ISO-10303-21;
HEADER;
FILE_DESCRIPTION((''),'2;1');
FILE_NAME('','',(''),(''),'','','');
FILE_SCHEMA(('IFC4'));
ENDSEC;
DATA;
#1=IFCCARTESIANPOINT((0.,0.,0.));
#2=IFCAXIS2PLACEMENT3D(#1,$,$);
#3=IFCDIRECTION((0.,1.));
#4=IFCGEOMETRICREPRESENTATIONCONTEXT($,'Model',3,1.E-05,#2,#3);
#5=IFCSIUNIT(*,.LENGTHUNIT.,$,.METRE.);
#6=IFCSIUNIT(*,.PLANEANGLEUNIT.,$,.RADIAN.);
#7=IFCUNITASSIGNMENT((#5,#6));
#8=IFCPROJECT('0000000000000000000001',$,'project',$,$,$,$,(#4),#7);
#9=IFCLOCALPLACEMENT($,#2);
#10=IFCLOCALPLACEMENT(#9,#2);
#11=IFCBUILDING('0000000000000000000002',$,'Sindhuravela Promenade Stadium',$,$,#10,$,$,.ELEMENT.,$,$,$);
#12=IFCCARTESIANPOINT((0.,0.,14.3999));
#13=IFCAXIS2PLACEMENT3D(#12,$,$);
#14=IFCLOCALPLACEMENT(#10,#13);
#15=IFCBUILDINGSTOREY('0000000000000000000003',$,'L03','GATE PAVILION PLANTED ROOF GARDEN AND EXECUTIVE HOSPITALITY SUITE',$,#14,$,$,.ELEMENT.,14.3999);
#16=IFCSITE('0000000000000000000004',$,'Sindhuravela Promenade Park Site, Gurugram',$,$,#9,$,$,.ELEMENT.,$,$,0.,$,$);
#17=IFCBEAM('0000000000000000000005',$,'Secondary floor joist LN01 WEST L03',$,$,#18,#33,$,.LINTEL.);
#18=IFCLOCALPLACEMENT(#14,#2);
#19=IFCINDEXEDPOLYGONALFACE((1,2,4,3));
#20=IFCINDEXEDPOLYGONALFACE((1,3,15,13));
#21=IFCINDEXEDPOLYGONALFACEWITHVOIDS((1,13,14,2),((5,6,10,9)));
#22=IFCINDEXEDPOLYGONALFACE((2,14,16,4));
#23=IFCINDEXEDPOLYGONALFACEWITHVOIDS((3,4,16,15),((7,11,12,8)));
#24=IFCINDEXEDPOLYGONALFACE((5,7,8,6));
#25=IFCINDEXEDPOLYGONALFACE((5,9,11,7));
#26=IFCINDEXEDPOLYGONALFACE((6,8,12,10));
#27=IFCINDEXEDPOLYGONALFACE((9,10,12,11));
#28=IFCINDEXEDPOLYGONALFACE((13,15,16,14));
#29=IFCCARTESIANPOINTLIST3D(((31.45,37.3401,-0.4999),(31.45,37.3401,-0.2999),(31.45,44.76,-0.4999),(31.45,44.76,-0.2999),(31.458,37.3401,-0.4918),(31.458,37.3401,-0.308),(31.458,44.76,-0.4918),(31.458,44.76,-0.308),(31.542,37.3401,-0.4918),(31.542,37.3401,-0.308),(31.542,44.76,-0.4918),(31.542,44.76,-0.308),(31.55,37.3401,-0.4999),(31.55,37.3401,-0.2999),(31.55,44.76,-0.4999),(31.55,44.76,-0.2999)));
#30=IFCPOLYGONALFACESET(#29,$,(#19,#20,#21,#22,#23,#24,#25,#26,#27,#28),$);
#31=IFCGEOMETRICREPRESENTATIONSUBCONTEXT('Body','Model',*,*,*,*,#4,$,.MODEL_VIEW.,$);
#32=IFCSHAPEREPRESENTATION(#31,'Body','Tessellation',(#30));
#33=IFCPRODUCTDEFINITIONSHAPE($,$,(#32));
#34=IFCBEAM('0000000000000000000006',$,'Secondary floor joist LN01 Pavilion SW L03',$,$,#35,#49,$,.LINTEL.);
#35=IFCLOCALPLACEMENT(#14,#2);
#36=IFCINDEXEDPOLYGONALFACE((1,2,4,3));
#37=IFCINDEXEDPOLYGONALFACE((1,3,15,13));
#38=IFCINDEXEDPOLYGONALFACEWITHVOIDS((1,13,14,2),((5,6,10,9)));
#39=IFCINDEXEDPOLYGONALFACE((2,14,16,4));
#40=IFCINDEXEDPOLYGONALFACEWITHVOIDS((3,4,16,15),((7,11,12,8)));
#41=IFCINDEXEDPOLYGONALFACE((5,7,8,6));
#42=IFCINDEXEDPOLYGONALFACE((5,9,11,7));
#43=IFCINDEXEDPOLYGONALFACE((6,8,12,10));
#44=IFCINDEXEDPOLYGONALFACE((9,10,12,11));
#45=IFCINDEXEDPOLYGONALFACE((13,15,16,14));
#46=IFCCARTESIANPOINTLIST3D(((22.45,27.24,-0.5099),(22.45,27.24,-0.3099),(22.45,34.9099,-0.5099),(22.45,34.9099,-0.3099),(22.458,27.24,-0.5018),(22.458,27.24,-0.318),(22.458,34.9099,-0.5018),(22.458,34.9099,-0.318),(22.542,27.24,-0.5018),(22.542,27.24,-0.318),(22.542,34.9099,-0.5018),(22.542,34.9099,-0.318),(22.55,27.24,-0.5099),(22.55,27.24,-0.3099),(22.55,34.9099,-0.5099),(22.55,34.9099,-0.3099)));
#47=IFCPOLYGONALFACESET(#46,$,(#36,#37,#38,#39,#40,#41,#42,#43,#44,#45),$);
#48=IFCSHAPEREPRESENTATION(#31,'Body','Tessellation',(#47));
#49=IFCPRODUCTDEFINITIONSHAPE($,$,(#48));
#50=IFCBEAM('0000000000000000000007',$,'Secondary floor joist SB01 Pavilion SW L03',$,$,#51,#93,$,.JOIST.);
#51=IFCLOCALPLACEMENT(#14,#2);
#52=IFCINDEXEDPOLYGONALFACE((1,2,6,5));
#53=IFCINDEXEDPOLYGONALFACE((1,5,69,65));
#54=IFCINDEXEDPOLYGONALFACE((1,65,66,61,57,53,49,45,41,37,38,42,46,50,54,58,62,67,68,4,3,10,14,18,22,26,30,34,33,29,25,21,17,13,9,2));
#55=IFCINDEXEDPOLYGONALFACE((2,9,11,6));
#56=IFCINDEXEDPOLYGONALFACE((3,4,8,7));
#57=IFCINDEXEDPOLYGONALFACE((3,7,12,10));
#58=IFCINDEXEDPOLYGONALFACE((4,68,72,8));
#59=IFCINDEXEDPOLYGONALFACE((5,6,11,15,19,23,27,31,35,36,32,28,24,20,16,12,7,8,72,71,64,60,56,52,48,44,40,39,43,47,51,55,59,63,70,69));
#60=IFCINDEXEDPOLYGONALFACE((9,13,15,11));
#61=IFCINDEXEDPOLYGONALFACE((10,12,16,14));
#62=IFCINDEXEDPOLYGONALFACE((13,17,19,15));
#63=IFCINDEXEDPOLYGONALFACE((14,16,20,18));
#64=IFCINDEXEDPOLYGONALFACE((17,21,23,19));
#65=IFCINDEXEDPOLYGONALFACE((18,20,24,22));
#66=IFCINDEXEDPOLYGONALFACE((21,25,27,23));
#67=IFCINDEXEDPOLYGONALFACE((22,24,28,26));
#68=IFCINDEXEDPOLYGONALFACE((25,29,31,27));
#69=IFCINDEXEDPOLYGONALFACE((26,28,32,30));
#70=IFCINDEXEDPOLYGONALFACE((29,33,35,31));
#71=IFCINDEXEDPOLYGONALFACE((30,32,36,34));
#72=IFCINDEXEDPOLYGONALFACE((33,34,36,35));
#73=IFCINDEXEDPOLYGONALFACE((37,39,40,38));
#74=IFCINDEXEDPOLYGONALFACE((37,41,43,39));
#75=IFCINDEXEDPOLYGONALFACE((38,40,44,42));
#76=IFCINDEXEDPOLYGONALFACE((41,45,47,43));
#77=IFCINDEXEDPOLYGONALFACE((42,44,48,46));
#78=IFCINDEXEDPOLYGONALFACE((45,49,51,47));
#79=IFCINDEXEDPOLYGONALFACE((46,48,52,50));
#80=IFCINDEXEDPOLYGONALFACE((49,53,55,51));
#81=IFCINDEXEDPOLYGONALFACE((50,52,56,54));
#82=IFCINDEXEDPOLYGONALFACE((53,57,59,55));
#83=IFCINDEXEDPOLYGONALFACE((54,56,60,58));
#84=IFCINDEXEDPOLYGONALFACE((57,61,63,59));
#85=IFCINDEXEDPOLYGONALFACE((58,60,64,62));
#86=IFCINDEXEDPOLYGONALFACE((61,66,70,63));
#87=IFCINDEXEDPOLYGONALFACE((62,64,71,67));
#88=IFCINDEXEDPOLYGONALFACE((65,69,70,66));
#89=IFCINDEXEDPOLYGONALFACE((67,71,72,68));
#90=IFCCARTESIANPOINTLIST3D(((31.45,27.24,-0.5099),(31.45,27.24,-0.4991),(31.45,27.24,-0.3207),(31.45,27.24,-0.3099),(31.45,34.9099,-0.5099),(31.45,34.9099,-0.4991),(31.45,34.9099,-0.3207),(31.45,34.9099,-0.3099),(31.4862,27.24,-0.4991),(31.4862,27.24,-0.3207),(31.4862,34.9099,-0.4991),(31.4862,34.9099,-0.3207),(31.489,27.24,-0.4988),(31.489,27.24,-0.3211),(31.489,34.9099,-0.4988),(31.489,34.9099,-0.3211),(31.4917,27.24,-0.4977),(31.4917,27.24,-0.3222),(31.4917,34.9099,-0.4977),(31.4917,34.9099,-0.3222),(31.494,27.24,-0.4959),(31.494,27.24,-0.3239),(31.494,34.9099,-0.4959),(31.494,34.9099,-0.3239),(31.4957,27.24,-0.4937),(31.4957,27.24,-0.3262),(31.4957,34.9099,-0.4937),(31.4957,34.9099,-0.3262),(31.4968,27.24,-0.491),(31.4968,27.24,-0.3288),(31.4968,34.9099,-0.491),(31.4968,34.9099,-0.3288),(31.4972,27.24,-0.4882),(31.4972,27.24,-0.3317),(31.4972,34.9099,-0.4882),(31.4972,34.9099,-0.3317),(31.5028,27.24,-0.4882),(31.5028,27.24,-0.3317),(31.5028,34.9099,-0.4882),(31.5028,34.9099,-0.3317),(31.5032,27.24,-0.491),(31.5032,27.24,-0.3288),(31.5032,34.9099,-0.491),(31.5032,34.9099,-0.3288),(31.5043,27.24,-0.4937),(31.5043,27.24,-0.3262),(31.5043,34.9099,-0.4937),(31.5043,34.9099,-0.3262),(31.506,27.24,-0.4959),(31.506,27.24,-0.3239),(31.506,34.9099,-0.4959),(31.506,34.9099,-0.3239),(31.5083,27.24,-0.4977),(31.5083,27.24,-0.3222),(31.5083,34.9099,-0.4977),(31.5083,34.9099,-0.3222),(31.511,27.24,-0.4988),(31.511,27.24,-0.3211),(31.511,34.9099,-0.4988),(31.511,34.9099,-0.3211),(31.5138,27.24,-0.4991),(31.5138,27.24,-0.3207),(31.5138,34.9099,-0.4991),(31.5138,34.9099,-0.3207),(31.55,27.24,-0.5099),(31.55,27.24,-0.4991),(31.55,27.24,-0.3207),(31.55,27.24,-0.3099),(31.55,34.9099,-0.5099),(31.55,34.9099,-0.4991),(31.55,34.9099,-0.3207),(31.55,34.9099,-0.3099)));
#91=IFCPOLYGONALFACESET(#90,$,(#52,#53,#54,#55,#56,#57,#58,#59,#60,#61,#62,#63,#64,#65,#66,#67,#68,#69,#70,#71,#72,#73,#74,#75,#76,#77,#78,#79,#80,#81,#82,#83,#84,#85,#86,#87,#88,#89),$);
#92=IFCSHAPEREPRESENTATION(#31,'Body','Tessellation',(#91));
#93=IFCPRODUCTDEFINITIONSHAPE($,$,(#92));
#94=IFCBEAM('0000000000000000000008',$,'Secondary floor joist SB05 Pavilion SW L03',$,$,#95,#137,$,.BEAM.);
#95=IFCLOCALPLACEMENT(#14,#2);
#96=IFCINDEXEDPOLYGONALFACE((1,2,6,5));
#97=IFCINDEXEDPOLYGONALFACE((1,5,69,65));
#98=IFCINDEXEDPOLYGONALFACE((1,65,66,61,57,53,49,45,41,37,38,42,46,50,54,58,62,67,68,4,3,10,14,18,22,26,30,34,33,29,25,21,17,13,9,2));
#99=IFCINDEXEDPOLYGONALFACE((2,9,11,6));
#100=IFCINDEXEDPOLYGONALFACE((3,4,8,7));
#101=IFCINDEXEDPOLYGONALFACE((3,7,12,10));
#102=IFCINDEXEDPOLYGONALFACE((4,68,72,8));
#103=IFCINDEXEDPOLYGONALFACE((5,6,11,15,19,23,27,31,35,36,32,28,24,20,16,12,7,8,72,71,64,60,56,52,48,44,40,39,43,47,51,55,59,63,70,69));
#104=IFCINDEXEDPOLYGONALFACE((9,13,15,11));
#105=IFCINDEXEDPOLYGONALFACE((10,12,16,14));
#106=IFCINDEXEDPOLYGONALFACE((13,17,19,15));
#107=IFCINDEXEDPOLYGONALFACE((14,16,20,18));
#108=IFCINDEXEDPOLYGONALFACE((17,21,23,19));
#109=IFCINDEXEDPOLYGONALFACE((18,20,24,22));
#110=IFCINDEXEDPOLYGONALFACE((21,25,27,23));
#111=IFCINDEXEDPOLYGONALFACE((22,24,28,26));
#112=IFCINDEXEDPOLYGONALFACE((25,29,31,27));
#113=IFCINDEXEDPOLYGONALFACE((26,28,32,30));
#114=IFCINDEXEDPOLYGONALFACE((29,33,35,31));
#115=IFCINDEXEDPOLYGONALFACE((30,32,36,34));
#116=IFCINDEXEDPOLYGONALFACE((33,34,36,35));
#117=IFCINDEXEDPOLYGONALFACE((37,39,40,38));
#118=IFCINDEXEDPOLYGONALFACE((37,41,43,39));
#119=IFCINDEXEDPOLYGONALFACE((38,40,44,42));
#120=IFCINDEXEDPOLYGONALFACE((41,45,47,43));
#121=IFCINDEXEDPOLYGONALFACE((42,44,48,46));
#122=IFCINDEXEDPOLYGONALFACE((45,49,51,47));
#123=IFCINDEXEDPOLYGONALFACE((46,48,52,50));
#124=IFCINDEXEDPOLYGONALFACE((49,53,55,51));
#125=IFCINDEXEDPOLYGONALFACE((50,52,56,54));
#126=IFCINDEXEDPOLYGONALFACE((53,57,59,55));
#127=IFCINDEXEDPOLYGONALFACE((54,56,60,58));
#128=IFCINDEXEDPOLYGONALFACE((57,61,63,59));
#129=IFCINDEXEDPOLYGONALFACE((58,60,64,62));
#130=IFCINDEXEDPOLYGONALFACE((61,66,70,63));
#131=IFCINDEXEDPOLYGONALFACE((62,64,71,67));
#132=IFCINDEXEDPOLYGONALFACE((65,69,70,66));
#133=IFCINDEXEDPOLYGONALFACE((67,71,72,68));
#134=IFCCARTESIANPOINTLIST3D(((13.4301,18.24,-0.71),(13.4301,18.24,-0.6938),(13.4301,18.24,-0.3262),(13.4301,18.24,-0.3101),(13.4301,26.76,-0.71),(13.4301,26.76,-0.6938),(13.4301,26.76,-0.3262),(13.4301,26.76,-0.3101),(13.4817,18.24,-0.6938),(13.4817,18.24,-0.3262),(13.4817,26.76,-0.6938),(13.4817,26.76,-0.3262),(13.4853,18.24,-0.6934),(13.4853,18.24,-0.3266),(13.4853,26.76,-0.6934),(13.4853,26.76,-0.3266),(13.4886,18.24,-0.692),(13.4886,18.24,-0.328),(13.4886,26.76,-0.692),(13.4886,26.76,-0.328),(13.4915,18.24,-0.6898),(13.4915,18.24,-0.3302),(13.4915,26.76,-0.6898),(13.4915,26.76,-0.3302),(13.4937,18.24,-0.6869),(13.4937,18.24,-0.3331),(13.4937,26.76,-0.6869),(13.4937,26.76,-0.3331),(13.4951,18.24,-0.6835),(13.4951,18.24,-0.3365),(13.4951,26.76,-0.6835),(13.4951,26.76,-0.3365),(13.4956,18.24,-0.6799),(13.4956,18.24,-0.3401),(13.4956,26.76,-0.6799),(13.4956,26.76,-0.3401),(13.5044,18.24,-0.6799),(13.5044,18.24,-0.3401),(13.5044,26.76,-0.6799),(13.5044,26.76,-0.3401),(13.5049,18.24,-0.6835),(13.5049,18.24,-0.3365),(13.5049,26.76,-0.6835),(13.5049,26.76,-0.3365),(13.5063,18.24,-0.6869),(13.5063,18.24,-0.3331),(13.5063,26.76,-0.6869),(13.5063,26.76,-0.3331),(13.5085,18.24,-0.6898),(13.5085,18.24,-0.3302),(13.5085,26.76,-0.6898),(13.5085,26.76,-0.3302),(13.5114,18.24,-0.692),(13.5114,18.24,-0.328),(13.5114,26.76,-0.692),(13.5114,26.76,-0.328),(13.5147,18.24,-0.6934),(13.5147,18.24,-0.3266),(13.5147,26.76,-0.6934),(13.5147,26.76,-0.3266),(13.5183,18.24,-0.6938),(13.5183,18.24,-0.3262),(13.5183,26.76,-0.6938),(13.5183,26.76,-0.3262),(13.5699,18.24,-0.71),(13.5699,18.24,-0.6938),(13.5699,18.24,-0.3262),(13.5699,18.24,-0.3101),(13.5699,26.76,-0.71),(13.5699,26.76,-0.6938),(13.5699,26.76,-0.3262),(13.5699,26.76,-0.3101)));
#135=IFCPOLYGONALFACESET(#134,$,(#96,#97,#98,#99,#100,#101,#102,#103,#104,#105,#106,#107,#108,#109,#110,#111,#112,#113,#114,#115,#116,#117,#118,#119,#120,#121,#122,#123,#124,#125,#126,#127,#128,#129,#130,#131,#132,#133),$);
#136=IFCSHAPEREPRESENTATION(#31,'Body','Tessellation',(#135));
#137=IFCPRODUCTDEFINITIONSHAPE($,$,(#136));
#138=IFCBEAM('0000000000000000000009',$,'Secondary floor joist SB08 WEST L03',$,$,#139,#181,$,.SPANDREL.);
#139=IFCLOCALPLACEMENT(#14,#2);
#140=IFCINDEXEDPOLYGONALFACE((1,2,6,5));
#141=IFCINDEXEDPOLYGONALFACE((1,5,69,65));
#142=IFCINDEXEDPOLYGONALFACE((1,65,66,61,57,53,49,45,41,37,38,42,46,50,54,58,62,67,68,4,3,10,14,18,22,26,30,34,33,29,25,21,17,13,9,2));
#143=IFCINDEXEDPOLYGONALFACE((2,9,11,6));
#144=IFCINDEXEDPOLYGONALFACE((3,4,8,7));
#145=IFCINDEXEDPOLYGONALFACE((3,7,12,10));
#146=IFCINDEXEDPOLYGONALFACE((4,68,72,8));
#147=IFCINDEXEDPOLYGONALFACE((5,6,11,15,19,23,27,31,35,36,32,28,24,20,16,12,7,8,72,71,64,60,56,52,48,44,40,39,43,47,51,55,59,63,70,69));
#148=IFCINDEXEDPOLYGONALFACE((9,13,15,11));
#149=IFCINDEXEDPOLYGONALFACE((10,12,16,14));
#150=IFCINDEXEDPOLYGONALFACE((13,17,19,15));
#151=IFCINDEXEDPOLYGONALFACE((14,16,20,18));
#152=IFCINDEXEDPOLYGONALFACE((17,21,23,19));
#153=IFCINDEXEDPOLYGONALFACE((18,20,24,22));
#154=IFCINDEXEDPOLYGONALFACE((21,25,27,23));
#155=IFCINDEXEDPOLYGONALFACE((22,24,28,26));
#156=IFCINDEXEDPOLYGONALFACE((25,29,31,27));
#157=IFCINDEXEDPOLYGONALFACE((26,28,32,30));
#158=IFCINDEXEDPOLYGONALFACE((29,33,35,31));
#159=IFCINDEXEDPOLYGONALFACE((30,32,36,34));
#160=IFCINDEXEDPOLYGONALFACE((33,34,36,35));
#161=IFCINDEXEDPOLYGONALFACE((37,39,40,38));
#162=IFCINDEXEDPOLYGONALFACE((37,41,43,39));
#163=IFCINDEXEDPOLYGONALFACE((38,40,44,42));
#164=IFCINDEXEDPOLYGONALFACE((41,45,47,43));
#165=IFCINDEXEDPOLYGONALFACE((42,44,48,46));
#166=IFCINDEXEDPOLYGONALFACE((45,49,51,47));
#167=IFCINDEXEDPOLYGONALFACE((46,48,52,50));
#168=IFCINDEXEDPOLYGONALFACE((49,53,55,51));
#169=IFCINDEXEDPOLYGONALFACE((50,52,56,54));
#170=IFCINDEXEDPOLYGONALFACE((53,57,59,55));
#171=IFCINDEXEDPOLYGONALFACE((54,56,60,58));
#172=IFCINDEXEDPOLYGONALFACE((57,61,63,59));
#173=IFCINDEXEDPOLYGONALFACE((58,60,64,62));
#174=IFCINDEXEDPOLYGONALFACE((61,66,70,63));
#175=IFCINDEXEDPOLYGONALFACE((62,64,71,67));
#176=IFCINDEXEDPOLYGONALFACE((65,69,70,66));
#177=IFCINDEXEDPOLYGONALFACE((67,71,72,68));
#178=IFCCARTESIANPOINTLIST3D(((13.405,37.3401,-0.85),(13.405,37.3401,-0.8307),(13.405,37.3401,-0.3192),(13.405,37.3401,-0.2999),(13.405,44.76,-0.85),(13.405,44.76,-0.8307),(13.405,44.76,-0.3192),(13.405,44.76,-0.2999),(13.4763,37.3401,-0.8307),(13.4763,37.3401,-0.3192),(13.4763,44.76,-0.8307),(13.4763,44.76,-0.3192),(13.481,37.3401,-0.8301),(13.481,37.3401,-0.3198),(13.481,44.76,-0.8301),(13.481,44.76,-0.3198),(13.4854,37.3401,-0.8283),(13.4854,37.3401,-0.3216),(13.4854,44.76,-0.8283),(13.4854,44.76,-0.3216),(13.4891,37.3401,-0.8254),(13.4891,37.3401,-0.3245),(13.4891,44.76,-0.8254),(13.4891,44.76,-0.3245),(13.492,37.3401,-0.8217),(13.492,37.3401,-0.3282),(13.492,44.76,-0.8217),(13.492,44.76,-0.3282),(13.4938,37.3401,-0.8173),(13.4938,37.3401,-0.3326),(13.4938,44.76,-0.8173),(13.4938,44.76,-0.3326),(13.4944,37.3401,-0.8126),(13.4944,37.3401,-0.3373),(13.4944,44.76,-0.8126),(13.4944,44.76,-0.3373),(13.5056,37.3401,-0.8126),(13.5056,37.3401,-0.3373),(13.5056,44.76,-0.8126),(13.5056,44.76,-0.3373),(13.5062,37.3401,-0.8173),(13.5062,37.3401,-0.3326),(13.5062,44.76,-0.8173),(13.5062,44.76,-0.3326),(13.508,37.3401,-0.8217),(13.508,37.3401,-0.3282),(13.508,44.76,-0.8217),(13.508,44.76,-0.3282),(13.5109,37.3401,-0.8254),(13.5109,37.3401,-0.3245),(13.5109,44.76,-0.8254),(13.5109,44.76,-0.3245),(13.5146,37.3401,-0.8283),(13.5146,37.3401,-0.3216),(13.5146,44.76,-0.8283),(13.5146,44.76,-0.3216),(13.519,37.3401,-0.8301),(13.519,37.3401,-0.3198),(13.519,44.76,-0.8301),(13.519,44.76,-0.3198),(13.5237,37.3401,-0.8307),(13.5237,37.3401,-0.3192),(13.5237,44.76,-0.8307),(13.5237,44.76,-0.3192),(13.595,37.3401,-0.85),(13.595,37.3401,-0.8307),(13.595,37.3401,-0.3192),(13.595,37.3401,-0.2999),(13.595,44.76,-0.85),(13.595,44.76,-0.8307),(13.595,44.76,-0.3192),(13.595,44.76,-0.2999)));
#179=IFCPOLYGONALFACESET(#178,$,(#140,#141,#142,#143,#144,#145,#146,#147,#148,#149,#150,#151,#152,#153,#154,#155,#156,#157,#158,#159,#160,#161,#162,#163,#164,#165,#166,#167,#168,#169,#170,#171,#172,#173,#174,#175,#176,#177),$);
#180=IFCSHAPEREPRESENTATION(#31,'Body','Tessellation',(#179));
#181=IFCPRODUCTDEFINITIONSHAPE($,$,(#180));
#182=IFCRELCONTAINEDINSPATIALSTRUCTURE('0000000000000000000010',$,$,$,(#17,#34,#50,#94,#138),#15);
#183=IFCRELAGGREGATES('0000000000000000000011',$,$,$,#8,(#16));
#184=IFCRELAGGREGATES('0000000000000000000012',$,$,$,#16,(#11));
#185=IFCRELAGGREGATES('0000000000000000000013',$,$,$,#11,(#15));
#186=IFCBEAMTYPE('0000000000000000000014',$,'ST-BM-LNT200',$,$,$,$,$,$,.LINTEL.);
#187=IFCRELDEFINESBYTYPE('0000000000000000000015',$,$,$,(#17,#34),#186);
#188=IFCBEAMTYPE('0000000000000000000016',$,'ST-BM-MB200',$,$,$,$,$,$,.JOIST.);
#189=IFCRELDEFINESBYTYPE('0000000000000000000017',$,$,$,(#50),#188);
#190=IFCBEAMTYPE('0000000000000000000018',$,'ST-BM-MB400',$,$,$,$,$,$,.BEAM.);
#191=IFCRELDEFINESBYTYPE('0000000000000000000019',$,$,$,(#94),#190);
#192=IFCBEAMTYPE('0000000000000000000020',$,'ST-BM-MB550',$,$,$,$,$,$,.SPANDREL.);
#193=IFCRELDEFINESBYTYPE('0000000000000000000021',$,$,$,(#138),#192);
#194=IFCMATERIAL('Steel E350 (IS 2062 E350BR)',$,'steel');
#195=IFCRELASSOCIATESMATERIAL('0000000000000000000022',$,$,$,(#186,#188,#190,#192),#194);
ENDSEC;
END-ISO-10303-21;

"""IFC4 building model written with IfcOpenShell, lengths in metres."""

from ifc_helpers import new_model, si_unit, direction, frame, origin, origin_2d, place, context, subcontext, project, spatial, hollow_rectangle, i_section, extrude, material, material_profile, profile_set, type_object, element, save


model = new_model("IFC4")

# Units and contexts
model_context = context("Model", 3, precision=1e-05, world=origin(), true_north=direction((0.0, 1.0)))
body_context = subcontext(model_context, "Body", "Model", "MODEL_VIEW")
ifc_project = project(units=[si_unit("LENGTHUNIT", "METRE"), si_unit("PLANEANGLEUNIT", "RADIAN")], contexts=[model_context])

# Site, building, storey
site_placement = place(None, origin())
site = spatial("IfcSite", under=ifc_project, at=site_placement, Name="Sindhuravela Promenade Park Site, Gurugram", CompositionType="ELEMENT", RefElevation=0.0)
building_placement = place(site_placement, origin())
building = spatial("IfcBuilding", under=site, at=building_placement, Name="Sindhuravela Promenade Stadium", CompositionType="ELEMENT")
storey_placement = place(building_placement, frame((0.0, 0.0, 14.3999)))
storey = spatial("IfcBuildingStorey", under=building, at=storey_placement, Name="L03", Description="GATE PAVILION PLANTED ROOF GARDEN AND EXECUTIVE HOSPITALITY SUITE", CompositionType="ELEMENT", Elevation=14.3999)

# Beams
ifc_material_1 = material(Name="Steel E350 (IS 2062 E350BR)", Category="steel")
ifc_material_profile_1 = material_profile(ifc_material_1, hollow_rectangle(XDim=0.1001, YDim=0.2, WallThickness=0.0081, at=origin_2d()), Name="RHS 200x100x8")
ifc_profile_set_1 = profile_set([ifc_material_profile_1], Name="Steel E350 (IS 2062 E350BR)")
beam_type_1 = type_object("IfcBeamType", Name="ST-BM-LNT200", PredefinedType="LINTEL", material=ifc_profile_set_1)
beam_1_placement = place(storey_placement, frame((31.5, 37.3401, -0.3999), z_axis=(0.0, 1.0, 0.0), x_axis=(-1.0, 0.0, 0.0)))
element("IfcBeam", 1, at=beam_1_placement, inside=storey, type_object=beam_type_1, Name="Secondary floor joist LN01 WEST L03", PredefinedType="LINTEL", context=body_context, shape_type="SweptSolid", body=[
    extrude(hollow_rectangle(XDim=0.1001, YDim=0.2, WallThickness=0.0081, at=origin_2d()), origin(), (0.0, 0.0, 1.0), 7.4199),
])
beam_2_placement = place(storey_placement, frame((22.5, 27.24, -0.4099), z_axis=(0.0, 1.0, 0.0), x_axis=(-1.0, 0.0, 0.0)))
element("IfcBeam", 2, at=beam_2_placement, inside=storey, type_object=beam_type_1, Name="Secondary floor joist LN01 Pavilion SW L03", PredefinedType="LINTEL", context=body_context, shape_type="SweptSolid", body=[
    extrude(hollow_rectangle(XDim=0.1001, YDim=0.2, WallThickness=0.0081, at=origin_2d()), origin(), (0.0, 0.0, 1.0), 7.6699),
])
ifc_material_profile_2 = material_profile(ifc_material_1, i_section(OverallWidth=0.1001, OverallDepth=0.2, WebThickness=0.0056, FlangeThickness=0.0107, FilletRadius=0.011, at=origin_2d()), Name="ISMB 200")
ifc_profile_set_2 = profile_set([ifc_material_profile_2], Name="Steel E350 (IS 2062 E350BR)")
beam_type_2 = type_object("IfcBeamType", Name="ST-BM-MB200", PredefinedType="JOIST", material=ifc_profile_set_2)
beam_3_placement = place(storey_placement, frame((31.5, 27.24, -0.4099), z_axis=(0.0, 1.0, 0.0), x_axis=(-1.0, 0.0, 0.0)))
element("IfcBeam", 3, at=beam_3_placement, inside=storey, type_object=beam_type_2, Name="Secondary floor joist SB01 Pavilion SW L03", PredefinedType="JOIST", context=body_context, shape_type="SweptSolid", body=[
    extrude(i_section(OverallWidth=0.1001, OverallDepth=0.2, WebThickness=0.0056, FlangeThickness=0.0107, FilletRadius=0.011, at=origin_2d()), origin(), (0.0, 0.0, 1.0), 7.6699),
])
ifc_material_profile_3 = material_profile(ifc_material_1, i_section(OverallWidth=0.1399, OverallDepth=0.3999, WebThickness=0.0088, FlangeThickness=0.0161, FilletRadius=0.0139, at=origin_2d()), Name="ISMB 400")
ifc_profile_set_3 = profile_set([ifc_material_profile_3], Name="Steel E350 (IS 2062 E350BR)")
beam_type_3 = type_object("IfcBeamType", Name="ST-BM-MB400", PredefinedType="BEAM", material=ifc_profile_set_3)
beam_4_placement = place(storey_placement, frame((13.5, 18.24, -0.51), z_axis=(0.0, 1.0, 0.0), x_axis=(-1.0, 0.0, 0.0)))
element("IfcBeam", 4, at=beam_4_placement, inside=storey, type_object=beam_type_3, Name="Secondary floor joist SB05 Pavilion SW L03", PredefinedType="BEAM", context=body_context, shape_type="SweptSolid", body=[
    extrude(i_section(OverallWidth=0.1399, OverallDepth=0.3999, WebThickness=0.0088, FlangeThickness=0.0161, FilletRadius=0.0139, at=origin_2d()), origin(), (0.0, 0.0, 1.0), 8.52),
])
ifc_material_profile_4 = material_profile(ifc_material_1, i_section(OverallWidth=0.1899, OverallDepth=0.55, WebThickness=0.0112, FlangeThickness=0.0193, FilletRadius=0.0181, at=origin_2d()), Name="ISMB 550")
ifc_profile_set_4 = profile_set([ifc_material_profile_4], Name="Steel E350 (IS 2062 E350BR)")
beam_type_4 = type_object("IfcBeamType", Name="ST-BM-MB550", PredefinedType="SPANDREL", material=ifc_profile_set_4)
beam_5_placement = place(storey_placement, frame((13.5, 37.3401, -0.575), z_axis=(0.0, 1.0, 0.0), x_axis=(-1.0, 0.0, 0.0)))
element("IfcBeam", 5, at=beam_5_placement, inside=storey, type_object=beam_type_4, Name="Secondary floor joist SB08 WEST L03", PredefinedType="SPANDREL", context=body_context, shape_type="SweptSolid", body=[
    extrude(i_section(OverallWidth=0.1899, OverallDepth=0.55, WebThickness=0.0112, FlangeThickness=0.0193, FilletRadius=0.0181, at=origin_2d()), origin(), (0.0, 0.0, 1.0), 7.4199),
])

save(model, "model.ifc")
